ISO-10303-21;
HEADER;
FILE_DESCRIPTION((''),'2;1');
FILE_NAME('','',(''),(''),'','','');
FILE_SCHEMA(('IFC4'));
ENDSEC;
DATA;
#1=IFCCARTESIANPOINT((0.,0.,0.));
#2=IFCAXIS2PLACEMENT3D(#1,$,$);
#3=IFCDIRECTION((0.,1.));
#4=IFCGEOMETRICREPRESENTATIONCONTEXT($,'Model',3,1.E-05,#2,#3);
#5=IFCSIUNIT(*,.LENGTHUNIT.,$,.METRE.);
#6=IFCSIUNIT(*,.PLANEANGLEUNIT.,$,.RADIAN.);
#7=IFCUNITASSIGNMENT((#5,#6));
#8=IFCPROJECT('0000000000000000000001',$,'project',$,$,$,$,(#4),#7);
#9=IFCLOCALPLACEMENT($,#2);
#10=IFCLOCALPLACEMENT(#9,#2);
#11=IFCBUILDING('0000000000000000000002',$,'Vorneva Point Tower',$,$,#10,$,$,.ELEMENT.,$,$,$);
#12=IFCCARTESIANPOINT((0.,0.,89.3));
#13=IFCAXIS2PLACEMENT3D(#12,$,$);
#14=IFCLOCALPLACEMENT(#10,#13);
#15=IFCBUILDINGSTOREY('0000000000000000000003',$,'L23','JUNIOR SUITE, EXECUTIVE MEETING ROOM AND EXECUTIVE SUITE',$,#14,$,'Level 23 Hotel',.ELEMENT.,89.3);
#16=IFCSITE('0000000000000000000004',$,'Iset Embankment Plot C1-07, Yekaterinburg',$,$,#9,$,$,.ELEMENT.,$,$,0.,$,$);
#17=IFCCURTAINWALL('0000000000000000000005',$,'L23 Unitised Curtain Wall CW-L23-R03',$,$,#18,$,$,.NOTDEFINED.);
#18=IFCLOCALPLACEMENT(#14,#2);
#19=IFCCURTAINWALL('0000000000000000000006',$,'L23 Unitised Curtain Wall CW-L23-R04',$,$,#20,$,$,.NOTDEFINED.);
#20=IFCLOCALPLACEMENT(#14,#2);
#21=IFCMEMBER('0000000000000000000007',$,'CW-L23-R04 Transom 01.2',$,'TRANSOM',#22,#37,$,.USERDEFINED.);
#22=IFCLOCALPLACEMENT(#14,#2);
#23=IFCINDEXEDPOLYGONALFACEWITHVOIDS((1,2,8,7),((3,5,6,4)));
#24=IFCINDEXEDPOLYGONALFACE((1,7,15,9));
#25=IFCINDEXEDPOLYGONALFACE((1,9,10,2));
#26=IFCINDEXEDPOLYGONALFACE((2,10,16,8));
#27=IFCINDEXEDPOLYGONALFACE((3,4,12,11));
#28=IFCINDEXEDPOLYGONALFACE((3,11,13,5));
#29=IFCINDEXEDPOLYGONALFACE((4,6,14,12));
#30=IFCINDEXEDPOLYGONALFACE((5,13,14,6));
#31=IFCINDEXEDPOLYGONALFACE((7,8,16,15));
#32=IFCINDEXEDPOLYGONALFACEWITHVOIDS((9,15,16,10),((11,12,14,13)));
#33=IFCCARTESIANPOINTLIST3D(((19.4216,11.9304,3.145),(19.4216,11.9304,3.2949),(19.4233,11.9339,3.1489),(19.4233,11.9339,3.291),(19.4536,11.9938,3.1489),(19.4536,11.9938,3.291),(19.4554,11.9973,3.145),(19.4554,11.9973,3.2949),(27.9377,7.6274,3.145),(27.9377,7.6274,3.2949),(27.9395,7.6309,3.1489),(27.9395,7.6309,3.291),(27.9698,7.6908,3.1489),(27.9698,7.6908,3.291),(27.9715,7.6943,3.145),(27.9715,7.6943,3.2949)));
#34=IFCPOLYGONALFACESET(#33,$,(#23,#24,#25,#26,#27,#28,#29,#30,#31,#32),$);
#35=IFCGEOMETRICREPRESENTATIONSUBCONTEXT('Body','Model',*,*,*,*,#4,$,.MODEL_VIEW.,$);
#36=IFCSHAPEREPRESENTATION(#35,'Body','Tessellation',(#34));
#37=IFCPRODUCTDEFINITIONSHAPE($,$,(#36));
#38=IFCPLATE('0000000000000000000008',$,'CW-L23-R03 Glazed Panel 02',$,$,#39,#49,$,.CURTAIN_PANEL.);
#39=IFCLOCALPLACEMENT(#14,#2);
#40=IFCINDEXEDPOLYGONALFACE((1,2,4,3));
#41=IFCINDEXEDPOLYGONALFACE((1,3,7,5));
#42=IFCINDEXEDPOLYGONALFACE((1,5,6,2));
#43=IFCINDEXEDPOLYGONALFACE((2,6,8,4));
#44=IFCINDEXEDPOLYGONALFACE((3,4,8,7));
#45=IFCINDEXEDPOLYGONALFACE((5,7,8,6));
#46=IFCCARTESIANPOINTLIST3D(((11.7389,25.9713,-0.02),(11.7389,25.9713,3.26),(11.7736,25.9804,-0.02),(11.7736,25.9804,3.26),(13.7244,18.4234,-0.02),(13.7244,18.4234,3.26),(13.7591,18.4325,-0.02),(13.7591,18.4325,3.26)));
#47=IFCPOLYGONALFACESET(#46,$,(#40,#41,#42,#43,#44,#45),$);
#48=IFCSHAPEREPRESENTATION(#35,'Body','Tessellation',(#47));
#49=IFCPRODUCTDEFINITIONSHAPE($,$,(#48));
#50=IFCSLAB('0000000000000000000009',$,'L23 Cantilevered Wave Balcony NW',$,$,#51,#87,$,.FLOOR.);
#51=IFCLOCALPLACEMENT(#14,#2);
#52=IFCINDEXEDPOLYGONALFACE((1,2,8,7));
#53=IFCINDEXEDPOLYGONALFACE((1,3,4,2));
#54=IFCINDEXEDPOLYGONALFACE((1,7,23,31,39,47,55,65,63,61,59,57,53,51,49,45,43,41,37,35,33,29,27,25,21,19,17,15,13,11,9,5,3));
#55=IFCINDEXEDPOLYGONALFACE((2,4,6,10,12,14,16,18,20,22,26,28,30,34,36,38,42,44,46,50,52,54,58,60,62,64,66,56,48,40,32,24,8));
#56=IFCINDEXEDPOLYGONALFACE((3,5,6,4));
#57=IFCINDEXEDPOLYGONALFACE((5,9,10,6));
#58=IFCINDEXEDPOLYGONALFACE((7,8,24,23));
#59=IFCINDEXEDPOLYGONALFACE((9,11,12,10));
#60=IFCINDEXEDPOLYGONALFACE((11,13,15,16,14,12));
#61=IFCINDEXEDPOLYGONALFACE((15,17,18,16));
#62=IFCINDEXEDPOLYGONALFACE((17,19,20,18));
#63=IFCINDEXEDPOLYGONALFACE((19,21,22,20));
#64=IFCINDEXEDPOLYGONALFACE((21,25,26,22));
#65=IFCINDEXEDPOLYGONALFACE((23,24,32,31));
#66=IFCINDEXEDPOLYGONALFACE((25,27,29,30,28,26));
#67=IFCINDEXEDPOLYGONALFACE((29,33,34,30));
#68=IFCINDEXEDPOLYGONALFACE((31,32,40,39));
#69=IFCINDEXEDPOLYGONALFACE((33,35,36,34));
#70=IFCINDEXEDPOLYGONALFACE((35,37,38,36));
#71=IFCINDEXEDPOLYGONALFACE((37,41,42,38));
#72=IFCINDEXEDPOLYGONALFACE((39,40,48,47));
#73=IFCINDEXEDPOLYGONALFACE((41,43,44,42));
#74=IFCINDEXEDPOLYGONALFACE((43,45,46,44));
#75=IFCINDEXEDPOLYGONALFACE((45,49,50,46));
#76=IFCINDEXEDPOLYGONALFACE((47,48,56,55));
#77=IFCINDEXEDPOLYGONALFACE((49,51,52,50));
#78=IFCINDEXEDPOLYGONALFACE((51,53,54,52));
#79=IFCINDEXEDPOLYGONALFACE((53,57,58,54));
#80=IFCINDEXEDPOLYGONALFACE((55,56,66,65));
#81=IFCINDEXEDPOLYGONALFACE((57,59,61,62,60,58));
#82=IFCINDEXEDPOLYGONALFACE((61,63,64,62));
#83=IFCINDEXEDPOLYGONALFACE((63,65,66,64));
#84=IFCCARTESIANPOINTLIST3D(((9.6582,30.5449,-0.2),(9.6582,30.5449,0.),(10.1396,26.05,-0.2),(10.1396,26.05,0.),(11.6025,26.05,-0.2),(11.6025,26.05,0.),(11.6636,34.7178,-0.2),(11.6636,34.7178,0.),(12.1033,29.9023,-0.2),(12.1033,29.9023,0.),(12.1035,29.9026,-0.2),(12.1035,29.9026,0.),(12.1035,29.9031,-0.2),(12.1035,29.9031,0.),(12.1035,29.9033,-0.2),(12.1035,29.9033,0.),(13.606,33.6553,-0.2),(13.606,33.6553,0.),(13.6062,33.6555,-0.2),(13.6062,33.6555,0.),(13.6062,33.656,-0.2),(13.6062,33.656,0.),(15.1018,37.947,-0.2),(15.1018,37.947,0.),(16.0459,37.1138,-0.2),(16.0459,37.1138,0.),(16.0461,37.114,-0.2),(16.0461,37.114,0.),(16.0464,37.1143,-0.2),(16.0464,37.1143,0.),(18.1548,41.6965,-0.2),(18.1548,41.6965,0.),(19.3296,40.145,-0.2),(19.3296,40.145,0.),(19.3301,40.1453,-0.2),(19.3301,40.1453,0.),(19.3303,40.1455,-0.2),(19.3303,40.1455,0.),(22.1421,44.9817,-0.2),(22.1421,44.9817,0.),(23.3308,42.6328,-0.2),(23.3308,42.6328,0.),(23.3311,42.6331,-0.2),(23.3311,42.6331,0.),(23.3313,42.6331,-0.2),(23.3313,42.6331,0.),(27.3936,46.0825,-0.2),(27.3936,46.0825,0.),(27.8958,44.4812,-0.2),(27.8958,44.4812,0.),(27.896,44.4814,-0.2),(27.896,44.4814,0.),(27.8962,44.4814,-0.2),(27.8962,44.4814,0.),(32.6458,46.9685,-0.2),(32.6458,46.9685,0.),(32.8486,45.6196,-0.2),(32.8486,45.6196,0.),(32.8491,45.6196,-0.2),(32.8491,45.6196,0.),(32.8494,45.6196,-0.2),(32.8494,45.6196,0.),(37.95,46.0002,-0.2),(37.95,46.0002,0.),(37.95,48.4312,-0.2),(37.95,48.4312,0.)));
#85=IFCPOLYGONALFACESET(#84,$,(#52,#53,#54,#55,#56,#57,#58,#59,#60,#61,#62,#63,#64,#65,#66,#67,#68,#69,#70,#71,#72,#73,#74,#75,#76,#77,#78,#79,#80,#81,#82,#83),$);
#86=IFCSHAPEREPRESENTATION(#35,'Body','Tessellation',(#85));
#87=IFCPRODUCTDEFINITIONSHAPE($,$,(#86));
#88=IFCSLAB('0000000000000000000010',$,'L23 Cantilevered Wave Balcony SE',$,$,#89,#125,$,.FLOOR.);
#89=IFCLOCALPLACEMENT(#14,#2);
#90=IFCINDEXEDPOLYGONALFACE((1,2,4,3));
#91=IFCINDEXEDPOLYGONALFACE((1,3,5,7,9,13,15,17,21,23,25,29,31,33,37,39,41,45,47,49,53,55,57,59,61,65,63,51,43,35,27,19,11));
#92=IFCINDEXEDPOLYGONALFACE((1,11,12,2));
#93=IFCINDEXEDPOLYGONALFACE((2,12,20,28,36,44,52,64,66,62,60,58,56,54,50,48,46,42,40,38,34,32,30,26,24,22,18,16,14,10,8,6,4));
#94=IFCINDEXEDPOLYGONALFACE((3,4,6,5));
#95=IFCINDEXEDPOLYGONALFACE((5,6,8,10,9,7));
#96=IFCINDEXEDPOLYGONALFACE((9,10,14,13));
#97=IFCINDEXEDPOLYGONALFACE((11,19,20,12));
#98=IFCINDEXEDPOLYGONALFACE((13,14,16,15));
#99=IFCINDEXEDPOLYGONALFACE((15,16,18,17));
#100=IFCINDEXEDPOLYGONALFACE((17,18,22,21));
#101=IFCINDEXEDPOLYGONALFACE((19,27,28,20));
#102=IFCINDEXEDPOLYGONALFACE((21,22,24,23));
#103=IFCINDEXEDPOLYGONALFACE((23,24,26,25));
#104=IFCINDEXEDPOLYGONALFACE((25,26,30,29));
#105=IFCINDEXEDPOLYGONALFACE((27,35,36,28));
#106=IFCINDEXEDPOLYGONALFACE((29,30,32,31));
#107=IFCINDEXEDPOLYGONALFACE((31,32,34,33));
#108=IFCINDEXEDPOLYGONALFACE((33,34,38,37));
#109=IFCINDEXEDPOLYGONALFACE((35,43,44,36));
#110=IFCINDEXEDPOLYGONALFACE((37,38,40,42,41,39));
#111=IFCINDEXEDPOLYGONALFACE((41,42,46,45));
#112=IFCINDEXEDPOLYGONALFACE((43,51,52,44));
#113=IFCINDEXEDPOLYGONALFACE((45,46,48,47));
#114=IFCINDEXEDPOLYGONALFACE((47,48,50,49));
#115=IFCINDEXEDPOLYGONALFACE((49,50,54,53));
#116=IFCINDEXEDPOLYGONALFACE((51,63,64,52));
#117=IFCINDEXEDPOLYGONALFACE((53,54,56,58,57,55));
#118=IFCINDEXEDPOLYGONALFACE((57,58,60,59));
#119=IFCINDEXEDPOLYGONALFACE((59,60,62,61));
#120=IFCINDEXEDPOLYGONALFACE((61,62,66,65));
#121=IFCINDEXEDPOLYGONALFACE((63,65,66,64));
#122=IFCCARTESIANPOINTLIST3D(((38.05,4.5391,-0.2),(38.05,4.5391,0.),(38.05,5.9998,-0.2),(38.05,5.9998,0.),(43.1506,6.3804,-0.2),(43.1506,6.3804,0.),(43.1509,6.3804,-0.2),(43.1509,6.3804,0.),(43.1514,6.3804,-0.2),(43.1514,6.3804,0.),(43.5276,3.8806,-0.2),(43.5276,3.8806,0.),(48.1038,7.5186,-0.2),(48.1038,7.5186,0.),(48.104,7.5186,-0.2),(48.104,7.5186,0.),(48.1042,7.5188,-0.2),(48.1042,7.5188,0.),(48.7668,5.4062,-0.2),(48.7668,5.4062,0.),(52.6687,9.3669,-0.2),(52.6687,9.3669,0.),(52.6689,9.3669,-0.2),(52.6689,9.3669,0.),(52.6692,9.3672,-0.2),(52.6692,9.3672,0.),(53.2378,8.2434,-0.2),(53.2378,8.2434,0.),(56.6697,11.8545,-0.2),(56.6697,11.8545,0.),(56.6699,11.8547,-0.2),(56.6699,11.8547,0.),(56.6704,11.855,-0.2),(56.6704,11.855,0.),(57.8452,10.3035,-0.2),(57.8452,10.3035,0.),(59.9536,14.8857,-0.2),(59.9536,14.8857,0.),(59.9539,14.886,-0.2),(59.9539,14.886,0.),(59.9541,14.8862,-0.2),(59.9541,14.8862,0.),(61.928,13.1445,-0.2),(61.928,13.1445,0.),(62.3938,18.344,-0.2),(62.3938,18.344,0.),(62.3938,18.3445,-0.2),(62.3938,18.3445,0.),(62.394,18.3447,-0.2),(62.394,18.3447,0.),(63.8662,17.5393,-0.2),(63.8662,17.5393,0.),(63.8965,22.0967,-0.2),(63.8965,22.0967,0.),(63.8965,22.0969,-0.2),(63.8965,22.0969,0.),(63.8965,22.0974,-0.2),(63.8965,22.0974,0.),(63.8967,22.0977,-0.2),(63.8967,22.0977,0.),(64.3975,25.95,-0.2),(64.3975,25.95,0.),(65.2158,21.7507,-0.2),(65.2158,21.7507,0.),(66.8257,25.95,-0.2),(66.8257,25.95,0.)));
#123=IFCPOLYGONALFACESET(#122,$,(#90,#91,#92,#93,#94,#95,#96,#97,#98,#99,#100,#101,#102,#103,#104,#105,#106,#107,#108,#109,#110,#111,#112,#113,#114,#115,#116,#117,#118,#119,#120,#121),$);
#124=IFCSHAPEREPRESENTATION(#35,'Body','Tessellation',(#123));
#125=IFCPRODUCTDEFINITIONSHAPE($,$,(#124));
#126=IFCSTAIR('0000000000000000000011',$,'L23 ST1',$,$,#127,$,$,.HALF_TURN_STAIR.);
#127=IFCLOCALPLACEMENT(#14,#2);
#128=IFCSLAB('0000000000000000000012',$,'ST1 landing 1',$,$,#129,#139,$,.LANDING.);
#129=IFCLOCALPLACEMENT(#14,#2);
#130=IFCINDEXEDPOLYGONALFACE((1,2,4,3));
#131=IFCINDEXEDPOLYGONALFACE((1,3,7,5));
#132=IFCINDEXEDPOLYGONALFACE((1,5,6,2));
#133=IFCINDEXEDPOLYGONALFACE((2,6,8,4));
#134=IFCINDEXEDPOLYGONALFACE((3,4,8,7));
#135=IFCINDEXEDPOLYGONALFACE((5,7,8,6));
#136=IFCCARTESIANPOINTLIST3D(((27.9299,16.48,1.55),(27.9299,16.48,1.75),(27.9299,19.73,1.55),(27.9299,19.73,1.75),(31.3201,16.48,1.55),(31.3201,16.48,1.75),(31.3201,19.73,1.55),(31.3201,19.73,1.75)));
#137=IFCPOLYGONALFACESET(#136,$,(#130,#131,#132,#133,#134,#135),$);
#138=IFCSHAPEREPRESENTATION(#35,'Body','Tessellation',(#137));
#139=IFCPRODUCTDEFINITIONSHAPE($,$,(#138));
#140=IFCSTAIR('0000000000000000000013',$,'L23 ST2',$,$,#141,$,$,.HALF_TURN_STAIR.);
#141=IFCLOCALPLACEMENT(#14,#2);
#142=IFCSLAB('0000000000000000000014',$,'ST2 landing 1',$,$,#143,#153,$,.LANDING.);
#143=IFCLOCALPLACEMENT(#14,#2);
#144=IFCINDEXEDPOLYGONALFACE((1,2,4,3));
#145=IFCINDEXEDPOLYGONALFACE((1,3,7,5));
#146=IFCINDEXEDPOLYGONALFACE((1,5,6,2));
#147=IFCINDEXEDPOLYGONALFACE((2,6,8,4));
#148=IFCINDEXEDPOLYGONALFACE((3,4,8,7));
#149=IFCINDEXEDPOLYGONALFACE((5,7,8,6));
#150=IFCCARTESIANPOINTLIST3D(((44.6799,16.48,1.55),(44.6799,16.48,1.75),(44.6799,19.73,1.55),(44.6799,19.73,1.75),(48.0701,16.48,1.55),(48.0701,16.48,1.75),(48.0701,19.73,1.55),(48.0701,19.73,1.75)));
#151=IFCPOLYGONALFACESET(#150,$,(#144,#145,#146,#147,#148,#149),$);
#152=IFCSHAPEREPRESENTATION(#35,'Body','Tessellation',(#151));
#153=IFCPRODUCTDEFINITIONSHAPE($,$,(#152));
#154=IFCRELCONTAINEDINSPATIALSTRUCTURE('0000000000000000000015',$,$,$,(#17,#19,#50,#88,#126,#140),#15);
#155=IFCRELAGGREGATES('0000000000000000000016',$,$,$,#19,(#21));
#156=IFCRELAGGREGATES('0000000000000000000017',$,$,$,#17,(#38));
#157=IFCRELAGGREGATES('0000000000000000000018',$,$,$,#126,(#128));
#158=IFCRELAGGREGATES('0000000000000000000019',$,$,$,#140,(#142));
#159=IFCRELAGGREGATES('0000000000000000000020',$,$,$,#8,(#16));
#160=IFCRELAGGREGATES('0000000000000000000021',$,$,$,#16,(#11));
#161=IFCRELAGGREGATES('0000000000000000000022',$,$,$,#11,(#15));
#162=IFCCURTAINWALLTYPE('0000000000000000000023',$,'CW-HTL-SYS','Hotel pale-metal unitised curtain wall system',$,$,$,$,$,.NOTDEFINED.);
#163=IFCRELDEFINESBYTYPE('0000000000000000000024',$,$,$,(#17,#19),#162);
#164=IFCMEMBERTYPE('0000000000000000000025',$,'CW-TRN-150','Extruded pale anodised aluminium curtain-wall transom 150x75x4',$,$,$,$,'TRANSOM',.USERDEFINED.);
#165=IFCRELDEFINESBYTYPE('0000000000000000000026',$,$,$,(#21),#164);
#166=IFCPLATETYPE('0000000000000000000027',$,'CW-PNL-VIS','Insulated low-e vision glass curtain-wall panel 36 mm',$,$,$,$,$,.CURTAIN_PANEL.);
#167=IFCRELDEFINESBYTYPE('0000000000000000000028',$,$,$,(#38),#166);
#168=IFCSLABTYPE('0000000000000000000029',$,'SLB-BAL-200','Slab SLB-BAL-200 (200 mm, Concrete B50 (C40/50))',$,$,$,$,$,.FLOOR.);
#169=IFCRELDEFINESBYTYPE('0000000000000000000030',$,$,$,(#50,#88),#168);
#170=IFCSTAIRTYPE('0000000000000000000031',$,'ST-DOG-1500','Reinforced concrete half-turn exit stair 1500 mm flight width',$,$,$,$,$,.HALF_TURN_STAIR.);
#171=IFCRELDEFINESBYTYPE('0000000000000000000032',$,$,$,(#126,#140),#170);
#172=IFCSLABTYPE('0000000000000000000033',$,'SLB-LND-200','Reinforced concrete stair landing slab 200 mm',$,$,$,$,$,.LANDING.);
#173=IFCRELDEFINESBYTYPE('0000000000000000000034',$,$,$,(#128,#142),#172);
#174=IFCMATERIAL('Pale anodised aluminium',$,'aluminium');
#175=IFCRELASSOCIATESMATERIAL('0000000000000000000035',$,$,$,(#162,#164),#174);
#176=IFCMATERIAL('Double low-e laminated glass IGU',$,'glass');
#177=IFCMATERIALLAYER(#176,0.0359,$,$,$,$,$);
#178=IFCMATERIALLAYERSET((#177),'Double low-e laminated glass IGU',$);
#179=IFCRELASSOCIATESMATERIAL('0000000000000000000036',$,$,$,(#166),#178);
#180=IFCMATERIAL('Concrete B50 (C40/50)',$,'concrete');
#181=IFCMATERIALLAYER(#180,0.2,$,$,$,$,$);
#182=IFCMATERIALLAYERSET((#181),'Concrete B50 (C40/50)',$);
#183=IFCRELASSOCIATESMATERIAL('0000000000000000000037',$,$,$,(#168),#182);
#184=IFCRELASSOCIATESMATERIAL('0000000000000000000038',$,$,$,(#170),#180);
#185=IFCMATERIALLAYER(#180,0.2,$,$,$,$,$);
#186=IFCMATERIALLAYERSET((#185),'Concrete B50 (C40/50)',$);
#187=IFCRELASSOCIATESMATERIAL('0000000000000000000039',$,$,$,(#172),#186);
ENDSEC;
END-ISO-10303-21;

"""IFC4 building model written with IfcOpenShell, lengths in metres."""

from ifc_helpers import new_model, si_unit, direction, frame, origin, origin_2d, place, context, subcontext, project, spatial, polyline, rectangle, hollow_rectangle, outline, extrude, material, layer, layer_set, material_profile, profile_set, type_object, element, aggregate, save


model = new_model("IFC4")

# Units and contexts
model_context = context("Model", 3, precision=1e-05, world=origin(), true_north=direction((0.0, 1.0)))
body_context = subcontext(model_context, "Body", "Model", "MODEL_VIEW")
ifc_project = project(units=[si_unit("LENGTHUNIT", "METRE"), si_unit("PLANEANGLEUNIT", "RADIAN")], contexts=[model_context])

# Site, building, storey
site_placement = place(None, origin())
site = spatial("IfcSite", under=ifc_project, at=site_placement, Name="Iset Embankment Plot C1-07, Yekaterinburg", CompositionType="ELEMENT", RefElevation=0.0)
building_placement = place(site_placement, origin())
building = spatial("IfcBuilding", under=site, at=building_placement, Name="Vorneva Point Tower", CompositionType="ELEMENT")
storey_placement = place(building_placement, frame((0.0, 0.0, 89.3)))
storey = spatial("IfcBuildingStorey", under=building, at=storey_placement, Name="L23", Description="JUNIOR SUITE, EXECUTIVE MEETING ROOM AND EXECUTIVE SUITE", LongName="Level 23 Hotel", CompositionType="ELEMENT", Elevation=89.3)

# Curtain wall
ifc_material_1 = material(Name="Pale anodised aluminium", Category="aluminium")
curtain_wall_type = type_object("IfcCurtainWallType", Name="CW-HTL-SYS", Description="Hotel pale-metal unitised curtain wall system", PredefinedType="NOTDEFINED", material=ifc_material_1)
curtain_wall_1_placement = place(storey_placement, origin())
curtain_wall_1 = element("IfcCurtainWall", 1, at=curtain_wall_1_placement, inside=storey, type_object=curtain_wall_type, Name="L23 Unitised Curtain Wall CW-L23-R03", PredefinedType="NOTDEFINED")

# Curtain wall
curtain_wall_2_placement = place(storey_placement, origin())
curtain_wall_2 = element("IfcCurtainWall", 2, at=curtain_wall_2_placement, inside=storey, type_object=curtain_wall_type, Name="L23 Unitised Curtain Wall CW-L23-R04", PredefinedType="NOTDEFINED")

# Member
ifc_material_profile_1 = material_profile(ifc_material_1, hollow_rectangle(XDim=0.075, YDim=0.1499, WallThickness=0.0039, at=origin_2d()), Name="AL-TRN 150x75x4")
ifc_profile_set_1 = profile_set([ifc_material_profile_1], Name="Pale anodised aluminium")
member_type_1 = type_object("IfcMemberType", Name="CW-TRN-150", Description="Extruded pale anodised aluminium curtain-wall transom 150x75x4", ElementType="TRANSOM", PredefinedType="USERDEFINED", material=ifc_profile_set_1)
member_1_placement = place(storey_placement, frame((19.4385, 11.9639, 3.22), z_axis=(0.892536, -0.450976, 0.0), x_axis=(0.450976, 0.892536, 0.0)))
member_1 = element("IfcMember", 3, at=member_1_placement, type_object=member_type_1, Name="CW-L23-R04 Transom 01.2", ObjectType="TRANSOM", PredefinedType="USERDEFINED", context=body_context, shape_type="SweptSolid", body=[
    extrude(hollow_rectangle(XDim=0.075, YDim=0.1499, WallThickness=0.0039, at=origin_2d()), origin(), (0.0, 0.0, 1.0), 9.5415),
])
aggregate(curtain_wall_2, [member_1])

# Plate
ifc_material_2 = material(Name="Double low-e laminated glass IGU", Category="glass")
ifc_layer_1 = layer(ifc_material_2, 0.0359)
ifc_layer_set_1 = layer_set([ifc_layer_1], Name="Double low-e laminated glass IGU")
plate_type = type_object("IfcPlateType", Name="CW-PNL-VIS", Description="Insulated low-e vision glass curtain-wall panel 36 mm", PredefinedType="CURTAIN_PANEL", material=ifc_layer_set_1)
plate_placement = place(storey_placement, frame((12.749, 22.2019, -0.02), z_axis=(0.0, 0.0, 1.0), x_axis=(0.254399, -0.967099, 0.0)))
plate = element("IfcPlate", 4, at=plate_placement, type_object=plate_type, Name="CW-L23-R03 Glazed Panel 02", PredefinedType="CURTAIN_PANEL", context=body_context, shape_type="SweptSolid", body=[
    extrude(rectangle(XDim=7.8047, YDim=0.0359, at=origin_2d()), origin(), (0.0, 0.0, 1.0), 3.28),
])
aggregate(curtain_wall_1, [plate])

# Slabs
ifc_material_3 = material(Name="Concrete B50 (C40/50)", Category="concrete")
ifc_layer_2 = layer(ifc_material_3, 0.2)
ifc_layer_set_2 = layer_set([ifc_layer_2], Name="Concrete B50 (C40/50)")
slab_type_1 = type_object("IfcSlabType", Name="SLB-BAL-200", Description="Slab SLB-BAL-200 (200 mm, Concrete B50 (C40/50))", PredefinedType="FLOOR", material=ifc_layer_set_2)
slab_1_placement = place(storey_placement, frame((0.0, 0.0, -0.2)))
element("IfcSlab", 5, at=slab_1_placement, inside=storey, type_object=slab_type_1, Name="L23 Cantilevered Wave Balcony NW", PredefinedType="FLOOR", context=body_context, shape_type="SweptSolid", body=[
    extrude(outline(polyline([(10.1396, 26.05), (11.6025, 26.05), (12.1033, 29.9023), (12.1035, 29.9026), (12.1035, 29.9031), (12.1035, 29.9033), (13.606, 33.6553), (13.6062, 33.6555), (13.6062, 33.656), (16.0459, 37.1138), (16.0461, 37.114), (16.0464, 37.1143), (19.3296, 40.145), (19.3301, 40.1453), (19.3303, 40.1455), (23.3308, 42.6328), (23.3311, 42.6331), (23.3313, 42.6331), (27.8958, 44.4812), (27.896, 44.4814), (27.8962, 44.4814), (32.8486, 45.6196), (32.8491, 45.6196), (32.8494, 45.6196), (37.95, 46.0002), (37.95, 48.4312), (32.6458, 46.9685), (27.3936, 46.0825), (22.1421, 44.9817), (18.1548, 41.6965), (15.1018, 37.947), (11.6636, 34.7178), (9.6582, 30.5449), (10.1396, 26.05)])), origin(), (0.0, 0.0, 1.0), 0.2),
])
slab_2_placement = place(storey_placement, frame((0.0, 0.0, -0.2)))
element("IfcSlab", 6, at=slab_2_placement, inside=storey, type_object=slab_type_1, Name="L23 Cantilevered Wave Balcony SE", PredefinedType="FLOOR", context=body_context, shape_type="SweptSolid", body=[
    extrude(outline(polyline([(65.2158, 21.7507), (66.8257, 25.95), (64.3975, 25.95), (63.8967, 22.0977), (63.8965, 22.0974), (63.8965, 22.0969), (63.8965, 22.0967), (62.394, 18.3447), (62.3938, 18.3445), (62.3938, 18.344), (59.9541, 14.8862), (59.9539, 14.886), (59.9536, 14.8857), (56.6704, 11.855), (56.6699, 11.8547), (56.6697, 11.8545), (52.6692, 9.3672), (52.6689, 9.3669), (52.6687, 9.3669), (48.1042, 7.5188), (48.104, 7.5186), (48.1038, 7.5186), (43.1514, 6.3804), (43.1509, 6.3804), (43.1506, 6.3804), (38.05, 5.9998), (38.05, 4.5391), (43.5276, 3.8806), (48.7668, 5.4062), (53.2378, 8.2434), (57.8452, 10.3035), (61.928, 13.1445), (63.8662, 17.5393), (65.2158, 21.7507)])), origin(), (0.0, 0.0, 1.0), 0.2),
])

# Stairs, slabs
stair_type = type_object("IfcStairType", Name="ST-DOG-1500", Description="Reinforced concrete half-turn exit stair 1500 mm flight width", PredefinedType="HALF_TURN_STAIR", material=ifc_material_3)
stair_1_placement = place(storey_placement, origin())
stair_1 = element("IfcStair", 7, at=stair_1_placement, inside=storey, type_object=stair_type, Name="L23 ST1", PredefinedType="HALF_TURN_STAIR")
ifc_layer_3 = layer(ifc_material_3, 0.2)
ifc_layer_set_3 = layer_set([ifc_layer_3], Name="Concrete B50 (C40/50)")
slab_type_2 = type_object("IfcSlabType", Name="SLB-LND-200", Description="Reinforced concrete stair landing slab 200 mm", PredefinedType="LANDING", material=ifc_layer_set_3)
slab_3_placement = place(storey_placement, frame((0.0, 0.0, 1.55)))
slab_3 = element("IfcSlab", 8, at=slab_3_placement, type_object=slab_type_2, Name="ST1 landing 1", PredefinedType="LANDING", context=body_context, shape_type="SweptSolid", body=[
    extrude(outline(polyline([(27.9299, 16.48), (31.3201, 16.48), (31.3201, 19.73), (27.9299, 19.73), (27.9299, 16.48)])), origin(), (0.0, 0.0, 1.0), 0.2),
])
aggregate(stair_1, [slab_3])
stair_2_placement = place(storey_placement, origin())
stair_2 = element("IfcStair", 9, at=stair_2_placement, inside=storey, type_object=stair_type, Name="L23 ST2", PredefinedType="HALF_TURN_STAIR")
slab_4_placement = place(storey_placement, frame((0.0, 0.0, 1.55)))
slab_4 = element("IfcSlab", 10, at=slab_4_placement, type_object=slab_type_2, Name="ST2 landing 1", PredefinedType="LANDING", context=body_context, shape_type="SweptSolid", body=[
    extrude(outline(polyline([(44.6799, 16.48), (48.0701, 16.48), (48.0701, 19.73), (44.6799, 19.73), (44.6799, 16.48)])), origin(), (0.0, 0.0, 1.0), 0.2),
])
aggregate(stair_2, [slab_4])

save(model, "model.ifc")
